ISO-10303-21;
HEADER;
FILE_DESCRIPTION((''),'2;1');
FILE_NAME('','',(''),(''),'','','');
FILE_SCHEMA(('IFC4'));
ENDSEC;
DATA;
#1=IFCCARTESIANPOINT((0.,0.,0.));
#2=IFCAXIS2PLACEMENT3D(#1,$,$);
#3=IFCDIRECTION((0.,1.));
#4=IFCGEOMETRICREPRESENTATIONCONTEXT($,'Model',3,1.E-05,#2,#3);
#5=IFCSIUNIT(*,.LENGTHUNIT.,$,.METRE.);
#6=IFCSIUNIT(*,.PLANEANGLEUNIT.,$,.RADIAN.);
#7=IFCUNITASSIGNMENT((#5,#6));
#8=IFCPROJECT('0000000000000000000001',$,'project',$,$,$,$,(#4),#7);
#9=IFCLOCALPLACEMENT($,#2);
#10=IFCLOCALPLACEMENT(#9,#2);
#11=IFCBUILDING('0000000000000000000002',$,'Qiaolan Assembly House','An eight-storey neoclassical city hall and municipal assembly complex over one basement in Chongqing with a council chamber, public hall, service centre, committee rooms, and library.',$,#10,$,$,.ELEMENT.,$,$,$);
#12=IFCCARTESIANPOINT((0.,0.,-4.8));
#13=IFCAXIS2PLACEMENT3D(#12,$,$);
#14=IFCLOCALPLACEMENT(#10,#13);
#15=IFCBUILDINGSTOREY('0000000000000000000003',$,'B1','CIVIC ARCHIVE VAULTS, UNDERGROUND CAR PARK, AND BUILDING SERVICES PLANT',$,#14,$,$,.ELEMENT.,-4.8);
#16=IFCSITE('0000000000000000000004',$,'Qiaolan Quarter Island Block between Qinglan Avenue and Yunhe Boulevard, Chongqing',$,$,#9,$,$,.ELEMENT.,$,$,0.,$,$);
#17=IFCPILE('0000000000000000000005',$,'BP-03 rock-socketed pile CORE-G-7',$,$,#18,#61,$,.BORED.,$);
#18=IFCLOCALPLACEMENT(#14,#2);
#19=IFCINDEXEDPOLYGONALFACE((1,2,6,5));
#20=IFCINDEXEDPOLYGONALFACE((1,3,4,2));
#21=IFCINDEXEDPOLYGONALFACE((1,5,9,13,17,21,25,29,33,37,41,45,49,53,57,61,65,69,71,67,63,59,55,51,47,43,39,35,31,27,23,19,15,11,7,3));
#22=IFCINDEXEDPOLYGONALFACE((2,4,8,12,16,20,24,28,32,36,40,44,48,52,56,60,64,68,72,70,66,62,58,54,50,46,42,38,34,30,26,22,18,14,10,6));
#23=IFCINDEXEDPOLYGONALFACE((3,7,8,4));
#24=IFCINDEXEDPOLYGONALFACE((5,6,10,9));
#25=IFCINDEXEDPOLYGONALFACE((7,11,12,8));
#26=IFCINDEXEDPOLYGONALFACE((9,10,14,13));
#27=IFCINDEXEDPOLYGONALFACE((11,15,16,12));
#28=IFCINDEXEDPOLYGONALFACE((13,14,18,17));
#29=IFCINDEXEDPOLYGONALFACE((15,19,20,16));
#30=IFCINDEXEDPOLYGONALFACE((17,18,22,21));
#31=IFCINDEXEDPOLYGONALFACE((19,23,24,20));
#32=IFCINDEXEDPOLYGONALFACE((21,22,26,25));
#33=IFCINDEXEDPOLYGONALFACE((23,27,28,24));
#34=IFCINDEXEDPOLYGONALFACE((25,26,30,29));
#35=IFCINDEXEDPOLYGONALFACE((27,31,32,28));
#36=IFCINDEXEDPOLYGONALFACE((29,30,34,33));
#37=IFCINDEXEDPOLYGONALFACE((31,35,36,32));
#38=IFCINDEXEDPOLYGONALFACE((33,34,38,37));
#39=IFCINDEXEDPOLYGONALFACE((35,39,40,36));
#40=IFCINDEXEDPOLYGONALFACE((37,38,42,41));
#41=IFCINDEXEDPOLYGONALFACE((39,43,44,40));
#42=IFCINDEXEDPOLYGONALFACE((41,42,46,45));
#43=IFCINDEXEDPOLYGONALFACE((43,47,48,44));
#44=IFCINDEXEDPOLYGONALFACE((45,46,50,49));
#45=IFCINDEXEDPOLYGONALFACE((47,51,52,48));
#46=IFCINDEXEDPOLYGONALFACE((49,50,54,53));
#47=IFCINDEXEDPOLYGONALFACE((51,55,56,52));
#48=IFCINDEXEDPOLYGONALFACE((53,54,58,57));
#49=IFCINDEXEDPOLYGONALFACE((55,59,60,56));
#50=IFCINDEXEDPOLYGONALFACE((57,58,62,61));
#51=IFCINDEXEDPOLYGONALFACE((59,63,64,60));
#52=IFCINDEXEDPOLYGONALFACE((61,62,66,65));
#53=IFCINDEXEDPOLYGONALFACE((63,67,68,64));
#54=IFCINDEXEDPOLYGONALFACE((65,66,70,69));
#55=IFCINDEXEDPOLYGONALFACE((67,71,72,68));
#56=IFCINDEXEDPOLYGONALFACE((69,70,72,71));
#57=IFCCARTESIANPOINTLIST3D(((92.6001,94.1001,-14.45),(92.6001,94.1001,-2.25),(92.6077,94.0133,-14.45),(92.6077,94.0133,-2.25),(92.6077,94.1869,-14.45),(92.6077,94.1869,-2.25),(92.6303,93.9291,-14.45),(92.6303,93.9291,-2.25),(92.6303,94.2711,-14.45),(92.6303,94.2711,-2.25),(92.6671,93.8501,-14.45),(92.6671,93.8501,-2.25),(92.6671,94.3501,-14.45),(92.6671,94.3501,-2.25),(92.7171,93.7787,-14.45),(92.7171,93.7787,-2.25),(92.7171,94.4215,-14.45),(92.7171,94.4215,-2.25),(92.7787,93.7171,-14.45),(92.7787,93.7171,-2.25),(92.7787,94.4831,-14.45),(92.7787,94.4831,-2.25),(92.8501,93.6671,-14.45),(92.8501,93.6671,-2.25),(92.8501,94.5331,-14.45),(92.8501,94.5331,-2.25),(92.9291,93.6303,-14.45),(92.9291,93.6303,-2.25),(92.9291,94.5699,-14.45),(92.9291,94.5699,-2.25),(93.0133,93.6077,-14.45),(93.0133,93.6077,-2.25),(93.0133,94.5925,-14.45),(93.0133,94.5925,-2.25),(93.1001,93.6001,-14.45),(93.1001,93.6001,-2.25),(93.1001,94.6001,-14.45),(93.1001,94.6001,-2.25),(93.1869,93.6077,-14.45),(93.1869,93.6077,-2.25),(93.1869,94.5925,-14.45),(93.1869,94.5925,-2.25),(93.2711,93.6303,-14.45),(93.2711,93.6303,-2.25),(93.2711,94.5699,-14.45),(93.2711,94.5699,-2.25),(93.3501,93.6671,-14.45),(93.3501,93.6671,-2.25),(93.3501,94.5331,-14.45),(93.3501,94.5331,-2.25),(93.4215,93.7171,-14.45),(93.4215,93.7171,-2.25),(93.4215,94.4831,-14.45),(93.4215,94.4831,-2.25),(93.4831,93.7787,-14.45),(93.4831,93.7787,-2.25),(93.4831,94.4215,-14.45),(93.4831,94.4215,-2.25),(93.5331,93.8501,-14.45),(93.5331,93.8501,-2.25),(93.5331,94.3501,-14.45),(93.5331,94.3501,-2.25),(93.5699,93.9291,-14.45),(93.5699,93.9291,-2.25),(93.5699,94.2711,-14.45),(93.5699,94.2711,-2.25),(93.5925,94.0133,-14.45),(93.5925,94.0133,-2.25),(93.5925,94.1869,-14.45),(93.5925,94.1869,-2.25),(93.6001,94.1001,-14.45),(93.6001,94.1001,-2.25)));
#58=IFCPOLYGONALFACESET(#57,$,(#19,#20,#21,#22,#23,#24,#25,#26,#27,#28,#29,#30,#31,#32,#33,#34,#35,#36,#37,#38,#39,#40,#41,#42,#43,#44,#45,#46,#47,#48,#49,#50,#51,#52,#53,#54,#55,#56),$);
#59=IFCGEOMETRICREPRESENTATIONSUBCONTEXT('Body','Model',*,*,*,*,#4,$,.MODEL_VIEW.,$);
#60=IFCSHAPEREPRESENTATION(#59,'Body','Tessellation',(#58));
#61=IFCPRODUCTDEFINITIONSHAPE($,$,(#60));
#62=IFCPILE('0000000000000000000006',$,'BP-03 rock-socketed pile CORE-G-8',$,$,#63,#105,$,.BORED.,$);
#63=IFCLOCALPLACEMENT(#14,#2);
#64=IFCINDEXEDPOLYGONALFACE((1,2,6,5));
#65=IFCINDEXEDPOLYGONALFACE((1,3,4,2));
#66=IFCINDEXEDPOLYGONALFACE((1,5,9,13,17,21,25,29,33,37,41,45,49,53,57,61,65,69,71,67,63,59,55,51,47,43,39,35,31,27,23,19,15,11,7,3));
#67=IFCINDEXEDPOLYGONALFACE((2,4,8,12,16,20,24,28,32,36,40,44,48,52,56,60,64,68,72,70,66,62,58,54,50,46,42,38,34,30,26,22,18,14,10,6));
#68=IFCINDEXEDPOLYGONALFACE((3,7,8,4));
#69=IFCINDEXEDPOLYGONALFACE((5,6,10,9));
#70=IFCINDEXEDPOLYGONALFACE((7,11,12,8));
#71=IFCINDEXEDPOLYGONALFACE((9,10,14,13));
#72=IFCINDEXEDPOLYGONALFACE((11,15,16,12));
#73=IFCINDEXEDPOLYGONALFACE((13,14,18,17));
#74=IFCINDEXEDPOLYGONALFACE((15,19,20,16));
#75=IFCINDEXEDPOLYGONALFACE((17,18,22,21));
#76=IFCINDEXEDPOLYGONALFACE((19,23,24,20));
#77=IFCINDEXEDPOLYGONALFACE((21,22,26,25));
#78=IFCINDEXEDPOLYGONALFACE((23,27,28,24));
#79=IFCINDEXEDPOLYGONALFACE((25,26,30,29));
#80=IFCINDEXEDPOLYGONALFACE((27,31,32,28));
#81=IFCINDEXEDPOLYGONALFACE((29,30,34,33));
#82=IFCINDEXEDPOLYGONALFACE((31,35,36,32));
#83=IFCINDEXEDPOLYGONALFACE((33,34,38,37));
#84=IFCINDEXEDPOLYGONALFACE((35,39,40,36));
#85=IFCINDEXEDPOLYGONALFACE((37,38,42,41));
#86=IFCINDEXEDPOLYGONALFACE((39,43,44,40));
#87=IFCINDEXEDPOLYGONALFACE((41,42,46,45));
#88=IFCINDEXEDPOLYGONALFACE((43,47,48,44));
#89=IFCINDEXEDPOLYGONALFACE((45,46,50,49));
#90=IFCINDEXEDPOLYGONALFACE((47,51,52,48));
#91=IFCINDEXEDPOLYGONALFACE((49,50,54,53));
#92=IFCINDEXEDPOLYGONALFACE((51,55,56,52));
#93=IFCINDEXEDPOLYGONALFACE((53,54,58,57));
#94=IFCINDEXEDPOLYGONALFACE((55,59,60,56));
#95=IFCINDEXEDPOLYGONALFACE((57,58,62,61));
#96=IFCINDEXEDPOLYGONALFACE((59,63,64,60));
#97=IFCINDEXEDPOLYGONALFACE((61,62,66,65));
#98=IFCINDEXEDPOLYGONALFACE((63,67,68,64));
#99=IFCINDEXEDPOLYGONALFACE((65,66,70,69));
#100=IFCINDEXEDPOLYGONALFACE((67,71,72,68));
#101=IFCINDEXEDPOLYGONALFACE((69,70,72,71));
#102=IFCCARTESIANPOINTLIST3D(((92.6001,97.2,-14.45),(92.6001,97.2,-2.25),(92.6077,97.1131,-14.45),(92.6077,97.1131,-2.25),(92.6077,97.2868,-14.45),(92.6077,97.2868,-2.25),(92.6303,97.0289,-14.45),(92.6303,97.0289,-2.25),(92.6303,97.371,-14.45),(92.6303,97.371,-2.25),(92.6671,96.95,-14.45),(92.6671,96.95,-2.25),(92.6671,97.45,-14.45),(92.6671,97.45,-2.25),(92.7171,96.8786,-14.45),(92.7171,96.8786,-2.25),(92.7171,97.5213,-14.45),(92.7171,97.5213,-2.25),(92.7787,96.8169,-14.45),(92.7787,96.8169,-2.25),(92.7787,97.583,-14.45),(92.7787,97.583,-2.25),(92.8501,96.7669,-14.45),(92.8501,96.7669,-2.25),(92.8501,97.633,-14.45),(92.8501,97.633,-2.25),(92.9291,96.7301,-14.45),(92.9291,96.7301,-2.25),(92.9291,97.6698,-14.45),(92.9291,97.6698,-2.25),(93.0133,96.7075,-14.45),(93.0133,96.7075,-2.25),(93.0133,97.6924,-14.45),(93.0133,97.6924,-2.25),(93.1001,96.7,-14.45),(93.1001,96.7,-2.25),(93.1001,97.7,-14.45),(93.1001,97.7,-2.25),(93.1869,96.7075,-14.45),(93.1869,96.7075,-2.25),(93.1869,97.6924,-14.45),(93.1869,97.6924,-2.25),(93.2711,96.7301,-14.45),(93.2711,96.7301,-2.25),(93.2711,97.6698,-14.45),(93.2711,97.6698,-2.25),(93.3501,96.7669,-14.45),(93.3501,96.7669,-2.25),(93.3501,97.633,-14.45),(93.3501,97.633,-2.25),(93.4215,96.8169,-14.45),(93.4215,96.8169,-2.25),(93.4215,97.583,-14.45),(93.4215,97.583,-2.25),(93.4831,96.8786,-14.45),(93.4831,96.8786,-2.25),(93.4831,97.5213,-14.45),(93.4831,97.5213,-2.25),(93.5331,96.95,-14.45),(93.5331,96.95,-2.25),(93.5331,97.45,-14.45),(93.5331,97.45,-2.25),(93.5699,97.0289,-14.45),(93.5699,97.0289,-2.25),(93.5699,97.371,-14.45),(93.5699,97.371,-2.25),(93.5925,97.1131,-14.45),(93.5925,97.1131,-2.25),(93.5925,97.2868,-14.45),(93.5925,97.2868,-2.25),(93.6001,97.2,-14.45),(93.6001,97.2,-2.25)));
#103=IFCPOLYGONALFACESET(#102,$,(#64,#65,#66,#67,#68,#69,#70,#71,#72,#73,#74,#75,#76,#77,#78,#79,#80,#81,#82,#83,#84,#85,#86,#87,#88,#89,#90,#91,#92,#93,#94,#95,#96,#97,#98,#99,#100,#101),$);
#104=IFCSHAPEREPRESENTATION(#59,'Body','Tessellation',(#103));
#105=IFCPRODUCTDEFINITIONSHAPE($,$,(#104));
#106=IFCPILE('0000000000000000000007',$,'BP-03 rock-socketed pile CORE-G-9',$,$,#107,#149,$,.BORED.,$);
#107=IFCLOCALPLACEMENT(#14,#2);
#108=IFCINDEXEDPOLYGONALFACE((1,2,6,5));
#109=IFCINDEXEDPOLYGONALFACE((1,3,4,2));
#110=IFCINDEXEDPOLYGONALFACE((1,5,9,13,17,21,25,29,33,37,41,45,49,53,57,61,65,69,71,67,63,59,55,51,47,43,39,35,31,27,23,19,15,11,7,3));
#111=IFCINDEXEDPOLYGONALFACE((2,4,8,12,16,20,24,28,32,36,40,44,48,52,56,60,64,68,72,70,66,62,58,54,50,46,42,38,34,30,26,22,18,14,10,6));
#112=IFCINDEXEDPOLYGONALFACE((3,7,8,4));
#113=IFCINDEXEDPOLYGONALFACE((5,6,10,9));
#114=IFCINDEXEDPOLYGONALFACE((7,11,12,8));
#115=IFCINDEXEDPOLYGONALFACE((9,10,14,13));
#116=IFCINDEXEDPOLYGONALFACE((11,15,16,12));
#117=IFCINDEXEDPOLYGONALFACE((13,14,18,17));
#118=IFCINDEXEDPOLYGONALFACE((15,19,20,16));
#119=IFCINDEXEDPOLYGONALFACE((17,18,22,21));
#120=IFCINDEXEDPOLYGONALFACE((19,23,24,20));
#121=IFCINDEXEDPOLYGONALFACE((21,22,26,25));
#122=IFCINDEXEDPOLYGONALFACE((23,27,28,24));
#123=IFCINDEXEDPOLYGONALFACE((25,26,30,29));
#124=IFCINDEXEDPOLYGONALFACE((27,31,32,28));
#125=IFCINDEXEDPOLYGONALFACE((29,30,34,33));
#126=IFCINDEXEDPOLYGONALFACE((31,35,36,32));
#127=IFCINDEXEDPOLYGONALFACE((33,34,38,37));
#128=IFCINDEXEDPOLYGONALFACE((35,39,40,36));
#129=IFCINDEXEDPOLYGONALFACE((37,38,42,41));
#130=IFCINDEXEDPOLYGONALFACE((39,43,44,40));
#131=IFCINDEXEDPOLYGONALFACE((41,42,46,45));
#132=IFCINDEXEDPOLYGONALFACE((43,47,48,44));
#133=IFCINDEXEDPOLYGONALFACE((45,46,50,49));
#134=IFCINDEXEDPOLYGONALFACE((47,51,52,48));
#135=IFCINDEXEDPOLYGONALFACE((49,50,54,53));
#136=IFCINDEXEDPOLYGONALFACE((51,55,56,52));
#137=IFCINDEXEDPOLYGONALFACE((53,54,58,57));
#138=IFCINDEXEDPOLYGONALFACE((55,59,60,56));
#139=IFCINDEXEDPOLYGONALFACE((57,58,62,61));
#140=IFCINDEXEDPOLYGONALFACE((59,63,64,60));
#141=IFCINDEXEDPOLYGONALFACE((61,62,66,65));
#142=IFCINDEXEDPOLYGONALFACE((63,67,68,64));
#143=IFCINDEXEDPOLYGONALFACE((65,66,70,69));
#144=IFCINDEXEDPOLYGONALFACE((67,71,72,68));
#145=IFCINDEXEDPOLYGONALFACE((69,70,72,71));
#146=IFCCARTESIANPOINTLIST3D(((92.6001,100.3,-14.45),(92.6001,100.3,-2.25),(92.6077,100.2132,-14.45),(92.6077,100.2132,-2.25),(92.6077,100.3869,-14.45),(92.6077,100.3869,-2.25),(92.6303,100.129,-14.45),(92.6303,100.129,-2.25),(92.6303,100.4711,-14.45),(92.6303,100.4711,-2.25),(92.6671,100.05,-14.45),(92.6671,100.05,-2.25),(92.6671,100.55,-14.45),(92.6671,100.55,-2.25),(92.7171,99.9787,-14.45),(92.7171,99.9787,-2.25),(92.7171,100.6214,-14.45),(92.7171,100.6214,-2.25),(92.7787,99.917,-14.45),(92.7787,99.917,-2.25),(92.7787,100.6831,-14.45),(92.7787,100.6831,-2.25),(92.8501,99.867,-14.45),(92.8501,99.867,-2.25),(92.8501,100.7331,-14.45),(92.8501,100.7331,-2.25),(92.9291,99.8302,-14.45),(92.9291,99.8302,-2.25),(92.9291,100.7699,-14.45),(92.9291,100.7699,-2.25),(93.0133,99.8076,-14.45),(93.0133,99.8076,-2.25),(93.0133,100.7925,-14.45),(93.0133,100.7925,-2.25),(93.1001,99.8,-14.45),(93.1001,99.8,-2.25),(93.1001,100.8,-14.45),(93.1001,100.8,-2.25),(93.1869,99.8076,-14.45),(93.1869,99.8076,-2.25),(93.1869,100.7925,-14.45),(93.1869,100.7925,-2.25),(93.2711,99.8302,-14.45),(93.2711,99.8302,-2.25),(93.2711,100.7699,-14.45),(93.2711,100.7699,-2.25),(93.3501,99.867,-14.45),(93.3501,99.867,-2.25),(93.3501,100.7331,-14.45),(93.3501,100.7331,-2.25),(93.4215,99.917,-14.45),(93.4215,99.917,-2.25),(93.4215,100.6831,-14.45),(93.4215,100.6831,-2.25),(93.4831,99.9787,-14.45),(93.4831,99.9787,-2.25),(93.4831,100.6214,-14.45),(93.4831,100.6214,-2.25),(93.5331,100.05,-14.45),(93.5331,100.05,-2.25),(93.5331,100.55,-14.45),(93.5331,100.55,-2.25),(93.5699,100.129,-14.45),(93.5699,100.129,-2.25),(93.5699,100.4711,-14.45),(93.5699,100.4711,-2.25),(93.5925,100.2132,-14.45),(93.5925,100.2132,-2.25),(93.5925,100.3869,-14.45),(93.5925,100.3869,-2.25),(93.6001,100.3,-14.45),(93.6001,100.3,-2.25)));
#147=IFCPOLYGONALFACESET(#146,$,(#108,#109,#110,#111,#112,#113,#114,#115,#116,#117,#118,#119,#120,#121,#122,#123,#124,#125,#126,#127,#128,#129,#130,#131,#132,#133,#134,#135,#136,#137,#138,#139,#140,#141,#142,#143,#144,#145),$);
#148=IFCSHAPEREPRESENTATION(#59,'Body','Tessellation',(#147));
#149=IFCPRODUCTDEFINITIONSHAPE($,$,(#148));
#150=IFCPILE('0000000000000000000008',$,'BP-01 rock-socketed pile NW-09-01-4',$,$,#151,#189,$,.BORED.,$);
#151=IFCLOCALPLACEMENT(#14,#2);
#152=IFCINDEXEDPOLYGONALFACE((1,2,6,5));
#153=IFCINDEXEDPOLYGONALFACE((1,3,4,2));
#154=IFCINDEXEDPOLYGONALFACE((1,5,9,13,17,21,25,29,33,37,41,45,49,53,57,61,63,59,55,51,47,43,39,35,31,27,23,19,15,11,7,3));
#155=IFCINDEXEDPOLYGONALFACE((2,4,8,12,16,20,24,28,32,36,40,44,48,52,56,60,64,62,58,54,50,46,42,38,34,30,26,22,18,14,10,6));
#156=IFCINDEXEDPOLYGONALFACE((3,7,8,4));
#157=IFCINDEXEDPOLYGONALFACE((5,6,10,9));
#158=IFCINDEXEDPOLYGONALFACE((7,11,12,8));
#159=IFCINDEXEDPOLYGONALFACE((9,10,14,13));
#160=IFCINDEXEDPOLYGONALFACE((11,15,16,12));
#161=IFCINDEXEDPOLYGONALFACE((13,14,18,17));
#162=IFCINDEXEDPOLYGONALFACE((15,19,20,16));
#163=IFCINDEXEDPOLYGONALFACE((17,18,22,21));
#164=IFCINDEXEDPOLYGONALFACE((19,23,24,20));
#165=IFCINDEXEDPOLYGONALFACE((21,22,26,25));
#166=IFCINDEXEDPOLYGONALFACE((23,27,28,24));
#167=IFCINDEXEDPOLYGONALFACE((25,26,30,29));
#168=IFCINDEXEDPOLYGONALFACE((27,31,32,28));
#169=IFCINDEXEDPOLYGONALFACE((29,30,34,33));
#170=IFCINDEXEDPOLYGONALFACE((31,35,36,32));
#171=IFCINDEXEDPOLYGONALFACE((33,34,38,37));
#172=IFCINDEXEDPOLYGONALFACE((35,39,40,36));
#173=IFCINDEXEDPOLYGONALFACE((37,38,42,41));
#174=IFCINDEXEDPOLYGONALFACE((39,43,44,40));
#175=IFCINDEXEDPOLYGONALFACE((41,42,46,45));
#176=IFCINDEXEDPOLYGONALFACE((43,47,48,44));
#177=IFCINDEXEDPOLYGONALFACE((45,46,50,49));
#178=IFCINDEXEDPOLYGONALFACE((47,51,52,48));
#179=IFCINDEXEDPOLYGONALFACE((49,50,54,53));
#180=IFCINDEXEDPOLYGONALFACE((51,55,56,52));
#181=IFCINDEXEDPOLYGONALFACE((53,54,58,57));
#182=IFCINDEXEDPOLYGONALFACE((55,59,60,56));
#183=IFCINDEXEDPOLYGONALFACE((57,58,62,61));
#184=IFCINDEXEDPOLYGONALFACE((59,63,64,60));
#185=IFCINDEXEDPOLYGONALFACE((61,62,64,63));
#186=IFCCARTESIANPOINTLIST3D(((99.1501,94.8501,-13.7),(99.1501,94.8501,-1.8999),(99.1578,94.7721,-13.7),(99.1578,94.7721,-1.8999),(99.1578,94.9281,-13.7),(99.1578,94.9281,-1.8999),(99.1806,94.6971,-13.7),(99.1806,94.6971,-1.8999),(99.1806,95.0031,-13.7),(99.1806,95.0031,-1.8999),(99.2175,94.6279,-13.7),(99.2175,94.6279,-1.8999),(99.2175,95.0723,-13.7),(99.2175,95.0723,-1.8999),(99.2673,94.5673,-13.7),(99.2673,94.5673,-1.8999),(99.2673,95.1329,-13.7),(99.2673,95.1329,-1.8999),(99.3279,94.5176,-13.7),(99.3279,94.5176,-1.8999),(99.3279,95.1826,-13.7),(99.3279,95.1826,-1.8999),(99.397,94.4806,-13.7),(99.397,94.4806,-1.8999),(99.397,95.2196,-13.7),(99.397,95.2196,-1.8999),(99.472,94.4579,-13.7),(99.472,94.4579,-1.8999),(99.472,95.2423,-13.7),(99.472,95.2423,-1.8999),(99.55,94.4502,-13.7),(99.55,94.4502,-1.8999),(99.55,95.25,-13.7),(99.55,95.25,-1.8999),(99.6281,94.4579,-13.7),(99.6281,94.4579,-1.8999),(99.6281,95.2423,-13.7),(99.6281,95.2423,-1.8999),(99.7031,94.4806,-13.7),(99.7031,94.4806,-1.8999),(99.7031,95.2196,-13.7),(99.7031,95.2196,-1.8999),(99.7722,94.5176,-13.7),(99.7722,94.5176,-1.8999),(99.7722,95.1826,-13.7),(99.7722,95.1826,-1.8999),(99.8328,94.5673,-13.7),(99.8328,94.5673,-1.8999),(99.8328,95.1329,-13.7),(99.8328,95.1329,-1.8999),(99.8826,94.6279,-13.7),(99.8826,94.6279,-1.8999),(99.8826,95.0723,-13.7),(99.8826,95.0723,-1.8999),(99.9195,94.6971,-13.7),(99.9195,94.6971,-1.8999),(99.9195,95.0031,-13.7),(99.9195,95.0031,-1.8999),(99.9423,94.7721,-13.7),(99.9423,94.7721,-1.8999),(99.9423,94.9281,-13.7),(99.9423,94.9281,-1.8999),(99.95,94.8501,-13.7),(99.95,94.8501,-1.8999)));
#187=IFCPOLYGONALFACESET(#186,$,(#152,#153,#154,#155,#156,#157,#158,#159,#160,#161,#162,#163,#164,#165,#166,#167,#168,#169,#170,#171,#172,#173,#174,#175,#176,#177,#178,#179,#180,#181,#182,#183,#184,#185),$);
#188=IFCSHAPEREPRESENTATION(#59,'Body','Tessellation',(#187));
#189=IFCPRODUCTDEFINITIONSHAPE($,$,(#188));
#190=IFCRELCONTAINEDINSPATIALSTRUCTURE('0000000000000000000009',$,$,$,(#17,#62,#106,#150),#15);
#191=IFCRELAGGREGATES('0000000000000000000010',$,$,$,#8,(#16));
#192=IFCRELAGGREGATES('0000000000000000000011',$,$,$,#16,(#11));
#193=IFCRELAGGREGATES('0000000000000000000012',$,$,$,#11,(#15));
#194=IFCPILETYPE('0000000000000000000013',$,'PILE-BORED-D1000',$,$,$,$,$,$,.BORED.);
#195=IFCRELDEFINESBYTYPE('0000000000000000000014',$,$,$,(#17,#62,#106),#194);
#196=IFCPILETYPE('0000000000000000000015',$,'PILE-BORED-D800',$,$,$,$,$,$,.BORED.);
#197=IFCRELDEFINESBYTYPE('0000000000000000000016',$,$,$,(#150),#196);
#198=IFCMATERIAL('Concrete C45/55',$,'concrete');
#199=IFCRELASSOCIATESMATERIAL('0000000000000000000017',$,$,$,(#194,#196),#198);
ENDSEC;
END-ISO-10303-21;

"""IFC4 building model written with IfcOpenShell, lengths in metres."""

from ifc_helpers import new_model, si_unit, direction, frame, origin, origin_2d, place, context, subcontext, project, spatial, circle, extrude, material, material_profile, profile_set, type_object, element, save


model = new_model("IFC4")

# Units and contexts
model_context = context("Model", 3, precision=1e-05, world=origin(), true_north=direction((0.0, 1.0)))
body_context = subcontext(model_context, "Body", "Model", "MODEL_VIEW")
ifc_project = project(units=[si_unit("LENGTHUNIT", "METRE"), si_unit("PLANEANGLEUNIT", "RADIAN")], contexts=[model_context])

# Site, building, storey
site_placement = place(None, origin())
site = spatial("IfcSite", under=ifc_project, at=site_placement, Name="Qiaolan Quarter Island Block between Qinglan Avenue and Yunhe Boulevard, Chongqing", CompositionType="ELEMENT", RefElevation=0.0)
building_placement = place(site_placement, origin())
building = spatial("IfcBuilding", under=site, at=building_placement, Name="Qiaolan Assembly House", Description="An eight-storey neoclassical city hall and municipal assembly complex over one basement in Chongqing with a council chamber, public hall, service centre, committee rooms, and library.", CompositionType="ELEMENT")
storey_placement = place(building_placement, frame((0.0, 0.0, -4.8)))
storey = spatial("IfcBuildingStorey", under=building, at=storey_placement, Name="B1", Description="CIVIC ARCHIVE VAULTS, UNDERGROUND CAR PARK, AND BUILDING SERVICES PLANT", CompositionType="ELEMENT", Elevation=-4.8)

# Piles
ifc_material_1 = material(Name="Concrete C45/55", Category="concrete")
ifc_material_profile_1 = material_profile(ifc_material_1, circle(Radius=0.5, at=origin_2d()), Name="PILE D1000")
ifc_profile_set_1 = profile_set([ifc_material_profile_1], Name="Concrete C45/55")
pile_type_1 = type_object("IfcPileType", Name="PILE-BORED-D1000", PredefinedType="BORED", material=ifc_profile_set_1)
for number, where, z_axis, x_axis, name in (
    (1, (93.1001, 94.1001, -2.25), (0.0, 0.0, -1.0), (1.0, 0.0, 0.0), "BP-03 rock-socketed pile CORE-G-7"),
    (2, (93.1001, 97.2, -2.25), (0.0, 0.0, -1.0), (1.0, 0.0, 0.0), "BP-03 rock-socketed pile CORE-G-8"),
    (3, (93.1001, 100.3, -2.25), (0.0, 0.0, -1.0), (1.0, 0.0, 0.0), "BP-03 rock-socketed pile CORE-G-9"),
):
    element("IfcPile", number, at=place(storey_placement, frame(where, z_axis=z_axis, x_axis=x_axis)), inside=storey, type_object=pile_type_1, Name=name, PredefinedType="BORED", context=body_context, shape_type="SweptSolid", body=[
        extrude(circle(Radius=0.5, at=origin_2d()), origin(), (0.0, 0.0, 1.0), 12.2),
    ])
ifc_material_profile_2 = material_profile(ifc_material_1, circle(Radius=0.3999, at=origin_2d()), Name="PILE D800")
ifc_profile_set_2 = profile_set([ifc_material_profile_2], Name="Concrete C45/55")
pile_type_2 = type_object("IfcPileType", Name="PILE-BORED-D800", PredefinedType="BORED", material=ifc_profile_set_2)
for number, where, z_axis, x_axis, name in (
    (4, (99.55, 94.8501, -1.8999), (0.0, 0.0, -1.0), (1.0, 0.0, 0.0), "BP-01 rock-socketed pile NW-09-01-4"),
):
    element("IfcPile", number, at=place(storey_placement, frame(where, z_axis=z_axis, x_axis=x_axis)), inside=storey, type_object=pile_type_2, Name=name, PredefinedType="BORED", context=body_context, shape_type="SweptSolid", body=[
        extrude(circle(Radius=0.3999, at=origin_2d()), origin(), (0.0, 0.0, 1.0), 11.8),
    ])

save(model, "model.ifc")
